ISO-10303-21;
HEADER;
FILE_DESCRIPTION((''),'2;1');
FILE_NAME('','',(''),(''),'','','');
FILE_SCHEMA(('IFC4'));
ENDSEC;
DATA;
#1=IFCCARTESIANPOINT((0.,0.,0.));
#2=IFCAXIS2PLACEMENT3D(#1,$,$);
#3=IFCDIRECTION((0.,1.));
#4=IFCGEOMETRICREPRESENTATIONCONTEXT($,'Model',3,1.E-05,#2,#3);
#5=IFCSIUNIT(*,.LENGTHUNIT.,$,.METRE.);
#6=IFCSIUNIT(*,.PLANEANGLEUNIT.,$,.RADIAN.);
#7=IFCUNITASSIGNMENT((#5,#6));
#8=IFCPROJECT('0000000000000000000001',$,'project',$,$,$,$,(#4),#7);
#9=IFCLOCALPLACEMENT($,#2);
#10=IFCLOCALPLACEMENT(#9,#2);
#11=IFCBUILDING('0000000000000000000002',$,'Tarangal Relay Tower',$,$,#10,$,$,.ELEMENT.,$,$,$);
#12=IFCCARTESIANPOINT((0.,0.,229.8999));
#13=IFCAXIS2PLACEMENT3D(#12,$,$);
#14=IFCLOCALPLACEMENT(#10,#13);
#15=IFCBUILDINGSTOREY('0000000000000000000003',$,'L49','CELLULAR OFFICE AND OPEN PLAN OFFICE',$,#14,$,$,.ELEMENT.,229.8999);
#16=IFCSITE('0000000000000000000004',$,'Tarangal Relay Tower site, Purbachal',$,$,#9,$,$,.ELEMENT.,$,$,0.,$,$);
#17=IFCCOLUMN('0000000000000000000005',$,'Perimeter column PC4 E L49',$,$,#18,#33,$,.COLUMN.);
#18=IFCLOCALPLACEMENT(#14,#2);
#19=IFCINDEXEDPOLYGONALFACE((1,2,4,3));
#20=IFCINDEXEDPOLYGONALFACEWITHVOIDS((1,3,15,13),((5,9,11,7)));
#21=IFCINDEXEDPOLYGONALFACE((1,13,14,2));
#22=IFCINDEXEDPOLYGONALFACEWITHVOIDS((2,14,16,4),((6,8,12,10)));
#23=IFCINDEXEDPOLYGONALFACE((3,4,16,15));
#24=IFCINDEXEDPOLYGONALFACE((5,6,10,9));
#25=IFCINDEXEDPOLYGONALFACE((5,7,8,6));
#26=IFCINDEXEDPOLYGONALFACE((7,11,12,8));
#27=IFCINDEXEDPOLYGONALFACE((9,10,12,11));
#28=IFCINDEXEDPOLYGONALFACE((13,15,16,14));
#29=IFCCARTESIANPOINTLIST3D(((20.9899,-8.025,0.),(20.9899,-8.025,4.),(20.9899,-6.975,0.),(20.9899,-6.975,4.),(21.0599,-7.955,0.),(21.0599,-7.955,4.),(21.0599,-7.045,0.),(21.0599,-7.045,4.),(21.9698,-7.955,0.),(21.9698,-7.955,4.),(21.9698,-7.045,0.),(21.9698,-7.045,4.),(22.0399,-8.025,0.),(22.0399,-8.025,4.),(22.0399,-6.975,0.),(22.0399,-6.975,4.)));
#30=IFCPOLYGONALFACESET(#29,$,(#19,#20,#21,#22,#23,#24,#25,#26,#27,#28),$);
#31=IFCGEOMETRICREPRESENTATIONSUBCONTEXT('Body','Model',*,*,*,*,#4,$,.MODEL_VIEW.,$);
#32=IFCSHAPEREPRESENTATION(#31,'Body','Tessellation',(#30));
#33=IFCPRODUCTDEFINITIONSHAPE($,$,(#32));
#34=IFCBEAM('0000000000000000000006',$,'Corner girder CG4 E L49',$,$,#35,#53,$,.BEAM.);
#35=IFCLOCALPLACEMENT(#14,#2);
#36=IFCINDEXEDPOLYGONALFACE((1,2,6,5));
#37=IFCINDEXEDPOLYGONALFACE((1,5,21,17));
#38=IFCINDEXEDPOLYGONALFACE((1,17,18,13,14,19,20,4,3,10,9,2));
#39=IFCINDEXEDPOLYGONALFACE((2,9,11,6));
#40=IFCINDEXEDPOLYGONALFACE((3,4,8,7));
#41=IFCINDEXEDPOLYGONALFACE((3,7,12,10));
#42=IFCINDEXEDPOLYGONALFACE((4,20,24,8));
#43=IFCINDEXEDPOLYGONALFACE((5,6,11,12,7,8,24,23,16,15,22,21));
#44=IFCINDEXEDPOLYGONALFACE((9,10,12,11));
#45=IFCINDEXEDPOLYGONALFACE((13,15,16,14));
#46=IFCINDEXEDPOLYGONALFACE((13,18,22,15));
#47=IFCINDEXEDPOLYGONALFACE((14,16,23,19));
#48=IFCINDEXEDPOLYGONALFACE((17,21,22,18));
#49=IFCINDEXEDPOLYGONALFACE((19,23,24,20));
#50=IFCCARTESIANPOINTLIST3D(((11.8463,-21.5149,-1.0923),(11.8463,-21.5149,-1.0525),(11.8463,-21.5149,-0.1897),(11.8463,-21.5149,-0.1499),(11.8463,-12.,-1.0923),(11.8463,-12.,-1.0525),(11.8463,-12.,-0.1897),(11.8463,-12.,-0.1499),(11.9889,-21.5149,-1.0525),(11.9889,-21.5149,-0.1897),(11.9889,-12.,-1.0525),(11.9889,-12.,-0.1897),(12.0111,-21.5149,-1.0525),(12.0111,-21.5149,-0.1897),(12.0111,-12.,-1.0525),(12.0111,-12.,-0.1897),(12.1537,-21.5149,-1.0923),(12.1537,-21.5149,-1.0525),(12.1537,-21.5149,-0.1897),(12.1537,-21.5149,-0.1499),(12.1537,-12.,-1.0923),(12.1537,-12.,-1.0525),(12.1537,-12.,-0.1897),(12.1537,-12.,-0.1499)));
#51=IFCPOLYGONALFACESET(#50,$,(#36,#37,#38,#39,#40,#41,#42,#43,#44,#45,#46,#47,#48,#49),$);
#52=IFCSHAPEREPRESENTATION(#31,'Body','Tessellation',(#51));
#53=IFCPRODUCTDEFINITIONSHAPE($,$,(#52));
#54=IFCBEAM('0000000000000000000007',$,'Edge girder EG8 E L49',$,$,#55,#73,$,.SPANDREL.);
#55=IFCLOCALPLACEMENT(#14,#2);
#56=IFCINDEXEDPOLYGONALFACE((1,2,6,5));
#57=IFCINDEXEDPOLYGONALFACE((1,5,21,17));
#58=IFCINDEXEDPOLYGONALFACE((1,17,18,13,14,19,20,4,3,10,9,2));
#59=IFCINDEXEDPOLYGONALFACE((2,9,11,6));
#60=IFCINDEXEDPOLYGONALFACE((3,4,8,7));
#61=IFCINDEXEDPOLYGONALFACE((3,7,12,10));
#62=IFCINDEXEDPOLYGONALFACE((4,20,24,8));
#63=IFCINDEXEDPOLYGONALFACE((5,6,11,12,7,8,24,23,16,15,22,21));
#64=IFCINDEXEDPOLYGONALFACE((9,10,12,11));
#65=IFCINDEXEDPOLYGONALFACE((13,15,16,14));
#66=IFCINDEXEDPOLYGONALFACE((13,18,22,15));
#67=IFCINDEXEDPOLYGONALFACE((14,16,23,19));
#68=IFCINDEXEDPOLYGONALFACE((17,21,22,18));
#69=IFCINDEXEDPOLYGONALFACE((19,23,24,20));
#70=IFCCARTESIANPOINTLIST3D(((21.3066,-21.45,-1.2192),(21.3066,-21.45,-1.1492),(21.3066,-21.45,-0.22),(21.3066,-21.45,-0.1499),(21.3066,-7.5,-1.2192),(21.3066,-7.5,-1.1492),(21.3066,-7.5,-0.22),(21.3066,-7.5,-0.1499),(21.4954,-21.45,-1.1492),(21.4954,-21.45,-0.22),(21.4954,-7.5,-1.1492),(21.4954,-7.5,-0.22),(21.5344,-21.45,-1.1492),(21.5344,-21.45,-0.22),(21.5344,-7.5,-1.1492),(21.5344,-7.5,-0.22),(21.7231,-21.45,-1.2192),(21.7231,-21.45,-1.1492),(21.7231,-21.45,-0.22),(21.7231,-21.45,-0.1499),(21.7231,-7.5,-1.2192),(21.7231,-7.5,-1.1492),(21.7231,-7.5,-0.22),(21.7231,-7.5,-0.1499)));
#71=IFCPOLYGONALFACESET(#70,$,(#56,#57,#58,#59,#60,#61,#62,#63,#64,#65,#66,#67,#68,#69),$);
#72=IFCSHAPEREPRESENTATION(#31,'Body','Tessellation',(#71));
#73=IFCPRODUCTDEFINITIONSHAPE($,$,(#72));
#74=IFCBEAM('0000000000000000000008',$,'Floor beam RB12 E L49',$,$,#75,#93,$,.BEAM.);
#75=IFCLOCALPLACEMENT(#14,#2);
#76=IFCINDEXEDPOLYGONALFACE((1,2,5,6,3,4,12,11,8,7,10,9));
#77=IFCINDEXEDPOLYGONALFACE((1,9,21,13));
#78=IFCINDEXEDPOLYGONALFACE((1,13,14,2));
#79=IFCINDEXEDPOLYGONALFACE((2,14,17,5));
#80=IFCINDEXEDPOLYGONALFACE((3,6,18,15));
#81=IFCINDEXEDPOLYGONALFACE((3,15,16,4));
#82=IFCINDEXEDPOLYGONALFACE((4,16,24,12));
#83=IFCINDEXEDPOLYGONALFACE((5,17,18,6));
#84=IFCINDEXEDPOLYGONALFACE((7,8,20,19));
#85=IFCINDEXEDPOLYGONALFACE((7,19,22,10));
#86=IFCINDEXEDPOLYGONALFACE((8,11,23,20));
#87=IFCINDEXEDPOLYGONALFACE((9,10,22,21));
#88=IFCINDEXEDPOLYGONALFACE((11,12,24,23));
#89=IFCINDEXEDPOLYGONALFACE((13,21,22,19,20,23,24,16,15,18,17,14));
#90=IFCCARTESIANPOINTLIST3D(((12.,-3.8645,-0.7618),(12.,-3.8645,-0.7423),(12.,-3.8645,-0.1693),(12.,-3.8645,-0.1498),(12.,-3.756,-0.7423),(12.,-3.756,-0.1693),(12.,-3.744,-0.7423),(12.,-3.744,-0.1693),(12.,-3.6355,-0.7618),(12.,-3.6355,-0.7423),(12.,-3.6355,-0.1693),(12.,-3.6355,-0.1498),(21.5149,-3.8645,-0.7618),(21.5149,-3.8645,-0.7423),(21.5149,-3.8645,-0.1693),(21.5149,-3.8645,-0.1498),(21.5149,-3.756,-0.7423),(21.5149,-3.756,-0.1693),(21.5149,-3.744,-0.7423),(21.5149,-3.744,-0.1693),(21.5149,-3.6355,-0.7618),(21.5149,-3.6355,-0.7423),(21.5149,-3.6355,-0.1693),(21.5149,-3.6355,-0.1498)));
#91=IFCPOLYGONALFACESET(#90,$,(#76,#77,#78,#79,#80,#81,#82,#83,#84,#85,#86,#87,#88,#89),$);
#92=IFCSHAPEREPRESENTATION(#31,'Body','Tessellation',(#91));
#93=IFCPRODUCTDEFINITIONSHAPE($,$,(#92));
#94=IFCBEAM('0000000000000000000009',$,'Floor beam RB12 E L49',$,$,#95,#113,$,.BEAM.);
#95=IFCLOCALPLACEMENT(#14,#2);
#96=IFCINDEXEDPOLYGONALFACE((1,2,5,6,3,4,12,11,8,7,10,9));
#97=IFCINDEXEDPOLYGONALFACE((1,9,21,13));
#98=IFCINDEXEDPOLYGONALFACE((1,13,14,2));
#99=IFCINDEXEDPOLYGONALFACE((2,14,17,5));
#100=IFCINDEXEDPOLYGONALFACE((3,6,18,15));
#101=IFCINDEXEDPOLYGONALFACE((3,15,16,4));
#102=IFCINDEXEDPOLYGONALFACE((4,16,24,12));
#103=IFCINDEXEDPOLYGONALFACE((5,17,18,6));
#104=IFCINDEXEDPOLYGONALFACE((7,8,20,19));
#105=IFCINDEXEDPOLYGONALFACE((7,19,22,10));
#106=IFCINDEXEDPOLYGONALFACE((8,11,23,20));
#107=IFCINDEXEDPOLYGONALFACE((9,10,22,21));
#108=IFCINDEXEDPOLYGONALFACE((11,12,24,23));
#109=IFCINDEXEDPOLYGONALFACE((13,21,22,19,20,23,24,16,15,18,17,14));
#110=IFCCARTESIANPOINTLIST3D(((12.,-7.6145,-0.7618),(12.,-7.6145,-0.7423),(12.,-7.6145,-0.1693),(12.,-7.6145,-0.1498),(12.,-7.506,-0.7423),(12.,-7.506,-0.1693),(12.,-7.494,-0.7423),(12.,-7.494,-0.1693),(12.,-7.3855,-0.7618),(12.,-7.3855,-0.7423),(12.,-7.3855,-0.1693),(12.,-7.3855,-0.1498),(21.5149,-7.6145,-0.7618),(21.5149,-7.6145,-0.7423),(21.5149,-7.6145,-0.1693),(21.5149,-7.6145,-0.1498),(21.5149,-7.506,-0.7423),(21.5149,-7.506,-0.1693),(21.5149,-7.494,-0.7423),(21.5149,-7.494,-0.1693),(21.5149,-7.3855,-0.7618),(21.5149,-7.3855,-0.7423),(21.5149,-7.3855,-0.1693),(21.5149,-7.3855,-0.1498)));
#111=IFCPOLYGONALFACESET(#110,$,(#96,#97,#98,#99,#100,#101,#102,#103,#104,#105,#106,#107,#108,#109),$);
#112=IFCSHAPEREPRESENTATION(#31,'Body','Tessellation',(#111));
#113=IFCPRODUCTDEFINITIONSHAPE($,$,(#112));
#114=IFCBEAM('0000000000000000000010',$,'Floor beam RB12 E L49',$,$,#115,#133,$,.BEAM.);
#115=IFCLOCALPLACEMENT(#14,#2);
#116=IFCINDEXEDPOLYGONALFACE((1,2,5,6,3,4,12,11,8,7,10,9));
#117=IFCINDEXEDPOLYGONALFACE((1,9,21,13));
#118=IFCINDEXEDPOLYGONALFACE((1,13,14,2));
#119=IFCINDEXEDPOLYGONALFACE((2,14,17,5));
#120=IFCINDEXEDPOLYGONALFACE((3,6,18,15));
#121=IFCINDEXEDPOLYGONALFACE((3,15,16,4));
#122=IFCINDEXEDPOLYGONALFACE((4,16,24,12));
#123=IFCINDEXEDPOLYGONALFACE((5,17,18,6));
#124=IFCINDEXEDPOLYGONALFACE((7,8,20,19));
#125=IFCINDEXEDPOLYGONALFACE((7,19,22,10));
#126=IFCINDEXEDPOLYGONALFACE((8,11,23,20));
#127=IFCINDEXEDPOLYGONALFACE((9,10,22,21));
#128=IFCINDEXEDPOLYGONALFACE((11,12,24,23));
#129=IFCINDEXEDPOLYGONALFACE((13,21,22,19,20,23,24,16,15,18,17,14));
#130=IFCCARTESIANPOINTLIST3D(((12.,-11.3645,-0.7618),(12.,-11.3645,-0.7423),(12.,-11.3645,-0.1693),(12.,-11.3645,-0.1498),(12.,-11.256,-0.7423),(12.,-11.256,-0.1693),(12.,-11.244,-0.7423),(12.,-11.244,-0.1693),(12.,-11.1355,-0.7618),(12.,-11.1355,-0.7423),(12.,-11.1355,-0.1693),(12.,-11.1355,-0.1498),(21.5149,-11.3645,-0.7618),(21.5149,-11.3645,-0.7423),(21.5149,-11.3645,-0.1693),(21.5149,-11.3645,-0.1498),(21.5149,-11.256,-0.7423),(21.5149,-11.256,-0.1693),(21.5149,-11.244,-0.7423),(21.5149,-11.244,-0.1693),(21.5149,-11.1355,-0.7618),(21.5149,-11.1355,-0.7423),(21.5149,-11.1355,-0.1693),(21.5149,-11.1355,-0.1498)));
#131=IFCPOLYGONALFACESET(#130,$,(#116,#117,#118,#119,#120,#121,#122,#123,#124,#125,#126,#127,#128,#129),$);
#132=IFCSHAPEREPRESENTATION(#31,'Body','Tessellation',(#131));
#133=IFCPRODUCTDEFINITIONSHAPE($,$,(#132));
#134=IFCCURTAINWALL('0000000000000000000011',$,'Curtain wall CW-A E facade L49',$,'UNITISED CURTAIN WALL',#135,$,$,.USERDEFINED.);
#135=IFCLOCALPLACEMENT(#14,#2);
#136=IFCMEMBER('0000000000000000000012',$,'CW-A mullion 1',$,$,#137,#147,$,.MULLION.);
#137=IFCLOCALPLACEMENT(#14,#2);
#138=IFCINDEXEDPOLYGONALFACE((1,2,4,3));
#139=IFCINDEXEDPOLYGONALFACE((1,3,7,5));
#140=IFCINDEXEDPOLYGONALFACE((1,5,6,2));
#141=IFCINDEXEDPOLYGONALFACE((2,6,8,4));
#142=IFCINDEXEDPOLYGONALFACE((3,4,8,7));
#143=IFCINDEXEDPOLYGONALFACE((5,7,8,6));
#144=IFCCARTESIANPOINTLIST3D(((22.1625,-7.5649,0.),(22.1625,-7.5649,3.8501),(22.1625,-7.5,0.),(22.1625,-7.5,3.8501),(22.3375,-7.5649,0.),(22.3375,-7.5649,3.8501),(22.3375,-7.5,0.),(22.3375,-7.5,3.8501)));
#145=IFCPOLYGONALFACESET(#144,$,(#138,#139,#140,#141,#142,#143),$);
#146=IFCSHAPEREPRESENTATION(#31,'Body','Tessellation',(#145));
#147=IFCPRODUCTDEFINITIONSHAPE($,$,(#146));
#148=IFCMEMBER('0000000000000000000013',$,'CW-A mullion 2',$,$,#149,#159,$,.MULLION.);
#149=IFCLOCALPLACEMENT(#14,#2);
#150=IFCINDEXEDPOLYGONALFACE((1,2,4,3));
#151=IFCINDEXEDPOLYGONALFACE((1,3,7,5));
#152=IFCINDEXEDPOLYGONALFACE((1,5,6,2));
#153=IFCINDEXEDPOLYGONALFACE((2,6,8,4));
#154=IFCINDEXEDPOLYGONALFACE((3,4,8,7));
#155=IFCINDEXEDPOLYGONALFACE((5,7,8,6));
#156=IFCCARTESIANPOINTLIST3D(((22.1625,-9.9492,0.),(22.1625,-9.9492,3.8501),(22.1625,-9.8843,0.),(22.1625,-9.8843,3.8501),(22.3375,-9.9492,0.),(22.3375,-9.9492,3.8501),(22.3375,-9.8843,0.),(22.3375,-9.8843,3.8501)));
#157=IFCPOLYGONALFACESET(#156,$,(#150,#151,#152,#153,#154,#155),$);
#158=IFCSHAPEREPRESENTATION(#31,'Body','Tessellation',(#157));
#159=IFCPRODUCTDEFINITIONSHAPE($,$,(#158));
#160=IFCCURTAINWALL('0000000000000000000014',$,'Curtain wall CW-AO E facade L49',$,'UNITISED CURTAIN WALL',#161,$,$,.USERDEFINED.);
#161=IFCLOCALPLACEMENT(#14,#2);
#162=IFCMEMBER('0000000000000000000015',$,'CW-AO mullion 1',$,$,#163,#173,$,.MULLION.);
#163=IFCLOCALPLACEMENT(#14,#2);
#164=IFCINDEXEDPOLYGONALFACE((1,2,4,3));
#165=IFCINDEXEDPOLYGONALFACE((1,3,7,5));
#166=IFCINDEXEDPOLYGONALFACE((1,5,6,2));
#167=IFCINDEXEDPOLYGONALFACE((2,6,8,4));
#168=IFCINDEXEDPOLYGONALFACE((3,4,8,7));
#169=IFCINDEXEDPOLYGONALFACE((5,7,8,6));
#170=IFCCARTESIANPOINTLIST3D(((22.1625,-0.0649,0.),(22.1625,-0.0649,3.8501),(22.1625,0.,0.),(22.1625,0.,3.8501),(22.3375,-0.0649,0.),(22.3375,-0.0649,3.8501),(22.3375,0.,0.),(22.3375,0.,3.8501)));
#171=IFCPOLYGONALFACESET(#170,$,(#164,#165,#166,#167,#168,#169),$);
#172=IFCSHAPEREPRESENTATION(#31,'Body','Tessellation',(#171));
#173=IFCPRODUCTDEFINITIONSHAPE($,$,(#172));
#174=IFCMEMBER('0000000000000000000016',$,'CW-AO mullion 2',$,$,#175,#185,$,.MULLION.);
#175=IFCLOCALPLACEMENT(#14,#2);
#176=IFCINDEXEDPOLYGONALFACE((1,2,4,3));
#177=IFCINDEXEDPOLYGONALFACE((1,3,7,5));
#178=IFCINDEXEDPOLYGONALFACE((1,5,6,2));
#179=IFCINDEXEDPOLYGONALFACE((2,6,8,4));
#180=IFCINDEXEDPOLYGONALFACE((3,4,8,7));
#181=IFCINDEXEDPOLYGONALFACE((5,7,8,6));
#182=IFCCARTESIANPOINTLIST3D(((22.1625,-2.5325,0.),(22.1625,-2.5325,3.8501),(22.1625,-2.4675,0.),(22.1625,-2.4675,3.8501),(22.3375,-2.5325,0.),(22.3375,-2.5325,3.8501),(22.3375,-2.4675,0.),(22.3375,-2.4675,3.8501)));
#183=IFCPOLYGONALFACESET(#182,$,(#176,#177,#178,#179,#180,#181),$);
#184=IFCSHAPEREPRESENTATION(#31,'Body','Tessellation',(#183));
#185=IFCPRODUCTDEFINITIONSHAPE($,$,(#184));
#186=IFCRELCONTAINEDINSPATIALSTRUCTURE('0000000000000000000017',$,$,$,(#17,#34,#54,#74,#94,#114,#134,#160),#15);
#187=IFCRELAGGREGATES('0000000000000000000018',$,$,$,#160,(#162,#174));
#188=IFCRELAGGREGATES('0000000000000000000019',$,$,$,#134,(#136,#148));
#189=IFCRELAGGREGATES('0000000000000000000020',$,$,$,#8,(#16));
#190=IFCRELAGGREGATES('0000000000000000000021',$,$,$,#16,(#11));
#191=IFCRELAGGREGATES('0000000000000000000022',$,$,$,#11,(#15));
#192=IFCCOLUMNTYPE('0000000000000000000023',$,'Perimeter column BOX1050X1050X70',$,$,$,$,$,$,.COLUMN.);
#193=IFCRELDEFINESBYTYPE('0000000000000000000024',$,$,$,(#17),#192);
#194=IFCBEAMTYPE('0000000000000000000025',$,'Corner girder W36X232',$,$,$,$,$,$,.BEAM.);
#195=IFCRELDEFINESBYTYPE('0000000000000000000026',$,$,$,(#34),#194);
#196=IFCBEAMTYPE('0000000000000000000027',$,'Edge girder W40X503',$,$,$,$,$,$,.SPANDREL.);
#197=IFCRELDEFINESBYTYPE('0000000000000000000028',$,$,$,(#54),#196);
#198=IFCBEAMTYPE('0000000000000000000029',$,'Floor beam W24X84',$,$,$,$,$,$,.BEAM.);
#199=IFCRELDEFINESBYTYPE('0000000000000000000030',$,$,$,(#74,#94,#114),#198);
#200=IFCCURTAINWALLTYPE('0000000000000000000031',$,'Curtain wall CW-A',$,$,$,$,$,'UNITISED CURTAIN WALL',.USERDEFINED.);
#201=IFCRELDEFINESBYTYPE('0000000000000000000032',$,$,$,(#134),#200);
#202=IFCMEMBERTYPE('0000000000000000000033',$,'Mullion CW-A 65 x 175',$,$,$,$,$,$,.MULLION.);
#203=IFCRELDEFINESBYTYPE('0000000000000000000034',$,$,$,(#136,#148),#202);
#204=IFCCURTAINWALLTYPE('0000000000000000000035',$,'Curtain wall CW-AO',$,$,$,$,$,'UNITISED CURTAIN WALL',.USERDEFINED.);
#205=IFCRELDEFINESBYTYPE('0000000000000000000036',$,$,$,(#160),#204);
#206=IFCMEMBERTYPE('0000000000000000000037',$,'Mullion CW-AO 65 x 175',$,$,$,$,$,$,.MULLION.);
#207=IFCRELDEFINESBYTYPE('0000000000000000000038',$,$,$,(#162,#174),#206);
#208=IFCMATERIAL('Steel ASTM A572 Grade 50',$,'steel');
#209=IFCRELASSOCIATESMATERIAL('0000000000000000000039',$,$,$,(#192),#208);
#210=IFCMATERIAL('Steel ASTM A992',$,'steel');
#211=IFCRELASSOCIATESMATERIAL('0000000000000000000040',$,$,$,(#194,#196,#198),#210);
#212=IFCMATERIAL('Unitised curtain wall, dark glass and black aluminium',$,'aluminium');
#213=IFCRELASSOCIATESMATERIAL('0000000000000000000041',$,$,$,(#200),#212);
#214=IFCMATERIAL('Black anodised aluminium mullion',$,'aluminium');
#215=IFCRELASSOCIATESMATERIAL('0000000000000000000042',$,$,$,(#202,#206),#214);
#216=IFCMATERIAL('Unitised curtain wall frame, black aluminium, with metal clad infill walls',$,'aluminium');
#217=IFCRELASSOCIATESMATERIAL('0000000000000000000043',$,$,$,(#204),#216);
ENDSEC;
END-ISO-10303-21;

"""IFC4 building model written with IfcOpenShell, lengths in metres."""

from ifc_helpers import new_model, si_unit, direction, frame, origin, origin_2d, place, context, subcontext, project, spatial, rectangle, hollow_rectangle, i_section, extrude, material, material_profile, profile_set, type_object, element, aggregate, save


model = new_model("IFC4")

# Units and contexts
model_context = context("Model", 3, precision=1e-05, world=origin(), true_north=direction((0.0, 1.0)))
body_context = subcontext(model_context, "Body", "Model", "MODEL_VIEW")
ifc_project = project(units=[si_unit("LENGTHUNIT", "METRE"), si_unit("PLANEANGLEUNIT", "RADIAN")], contexts=[model_context])

# Site, building, storey
site_placement = place(None, origin())
site = spatial("IfcSite", under=ifc_project, at=site_placement, Name="Tarangal Relay Tower site, Purbachal", CompositionType="ELEMENT", RefElevation=0.0)
building_placement = place(site_placement, origin())
building = spatial("IfcBuilding", under=site, at=building_placement, Name="Tarangal Relay Tower", CompositionType="ELEMENT")
storey_placement = place(building_placement, frame((0.0, 0.0, 229.8999)))
storey = spatial("IfcBuildingStorey", under=building, at=storey_placement, Name="L49", Description="CELLULAR OFFICE AND OPEN PLAN OFFICE", CompositionType="ELEMENT", Elevation=229.8999)

# Column
ifc_material_1 = material(Name="Steel ASTM A572 Grade 50", Category="steel")
ifc_material_profile_1 = material_profile(ifc_material_1, hollow_rectangle(XDim=1.05, YDim=1.05, WallThickness=0.0701, at=origin_2d()), Name="BOX1050X1050X70")
ifc_profile_set_1 = profile_set([ifc_material_profile_1], Name="Steel ASTM A572 Grade 50")
column_type = type_object("IfcColumnType", Name="Perimeter column BOX1050X1050X70", PredefinedType="COLUMN", material=ifc_profile_set_1)
column_placement = place(storey_placement, frame((21.5149, -7.5, 0.0), z_axis=(0.0, 0.0, 1.0), x_axis=(1.0, 0.0, 0.0)))
element("IfcColumn", 1, at=column_placement, inside=storey, type_object=column_type, Name="Perimeter column PC4 E L49", PredefinedType="COLUMN", context=body_context, shape_type="SweptSolid", body=[
    extrude(hollow_rectangle(XDim=1.05, YDim=1.05, WallThickness=0.0701, at=origin_2d()), origin(), (0.0, 0.0, 1.0), 4.0),
])

# Beams
ifc_material_2 = material(Name="Steel ASTM A992", Category="steel")
ifc_material_profile_2 = material_profile(ifc_material_2, i_section(OverallWidth=0.3074, OverallDepth=0.9424, WebThickness=0.0222, FlangeThickness=0.0398, at=origin_2d()), Name="W36X232")
ifc_profile_set_2 = profile_set([ifc_material_profile_2], Name="Steel ASTM A992")
beam_type_1 = type_object("IfcBeamType", Name="Corner girder W36X232", PredefinedType="BEAM", material=ifc_profile_set_2)
beam_1_placement = place(storey_placement, frame((12.0, -12.0, -0.6211), z_axis=(0.0, -1.0, 0.0), x_axis=(1.0, 0.0, 0.0)))
element("IfcBeam", 2, at=beam_1_placement, inside=storey, type_object=beam_type_1, Name="Corner girder CG4 E L49", PredefinedType="BEAM", context=body_context, shape_type="SweptSolid", body=[
    extrude(i_section(OverallWidth=0.3074, OverallDepth=0.9424, WebThickness=0.0222, FlangeThickness=0.0398, at=origin_2d()), origin(), (0.0, 0.0, 1.0), 9.5149),
])
ifc_material_profile_3 = material_profile(ifc_material_2, i_section(OverallWidth=0.4165, OverallDepth=1.0693, WebThickness=0.0391, FlangeThickness=0.0701, at=origin_2d()), Name="W40X503")
ifc_profile_set_3 = profile_set([ifc_material_profile_3], Name="Steel ASTM A992")
beam_type_2 = type_object("IfcBeamType", Name="Edge girder W40X503", PredefinedType="SPANDREL", material=ifc_profile_set_3)
beam_2_placement = place(storey_placement, frame((21.5149, -7.5, -0.6846), z_axis=(0.0, -1.0, 0.0), x_axis=(1.0, 0.0, 0.0)))
element("IfcBeam", 3, at=beam_2_placement, inside=storey, type_object=beam_type_2, Name="Edge girder EG8 E L49", PredefinedType="SPANDREL", context=body_context, shape_type="SweptSolid", body=[
    extrude(i_section(OverallWidth=0.4165, OverallDepth=1.0693, WebThickness=0.0391, FlangeThickness=0.0701, at=origin_2d()), origin(), (0.0, 0.0, 1.0), 13.95),
])
ifc_material_profile_4 = material_profile(ifc_material_2, i_section(OverallWidth=0.229, OverallDepth=0.6121, WebThickness=0.012, FlangeThickness=0.0195, at=origin_2d()), Name="W24X84")
ifc_profile_set_4 = profile_set([ifc_material_profile_4], Name="Steel ASTM A992")
beam_type_3 = type_object("IfcBeamType", Name="Floor beam W24X84", PredefinedType="BEAM", material=ifc_profile_set_4)
for number, where, z_axis, x_axis, name in (
    (4, (12.0, -3.75, -0.4558), (1.0, 0.0, 0.0), (0.0, 1.0, 0.0), "Floor beam RB12 E L49"),
    (5, (12.0, -7.5, -0.4558), (1.0, 0.0, 0.0), (0.0, 1.0, 0.0), "Floor beam RB12 E L49"),
    (6, (12.0, -11.25, -0.4558), (1.0, 0.0, 0.0), (0.0, 1.0, 0.0), "Floor beam RB12 E L49"),
):
    element("IfcBeam", number, at=place(storey_placement, frame(where, z_axis=z_axis, x_axis=x_axis)), inside=storey, type_object=beam_type_3, Name=name, PredefinedType="BEAM", context=body_context, shape_type="SweptSolid", body=[
        extrude(i_section(OverallWidth=0.229, OverallDepth=0.6121, WebThickness=0.012, FlangeThickness=0.0195, at=origin_2d()), origin(), (0.0, 0.0, 1.0), 9.5149),
    ])

# Curtain walls, members
ifc_material_3 = material(Name="Unitised curtain wall, dark glass and black aluminium", Category="aluminium")
curtain_wall_type_1 = type_object("IfcCurtainWallType", Name="Curtain wall CW-A", ElementType="UNITISED CURTAIN WALL", PredefinedType="USERDEFINED", material=ifc_material_3)
curtain_wall_1_placement = place(storey_placement, origin())
curtain_wall_1 = element("IfcCurtainWall", 7, at=curtain_wall_1_placement, inside=storey, type_object=curtain_wall_type_1, Name="Curtain wall CW-A E facade L49", ObjectType="UNITISED CURTAIN WALL", PredefinedType="USERDEFINED")
ifc_material_4 = material(Name="Black anodised aluminium mullion", Category="aluminium")
ifc_material_profile_5 = material_profile(ifc_material_4, rectangle(XDim=0.175, YDim=0.0649, at=origin_2d()), Name="CW-AM 65X175")
ifc_profile_set_5 = profile_set([ifc_material_profile_5], Name="Black anodised aluminium mullion")
member_type_1 = type_object("IfcMemberType", Name="Mullion CW-A 65 x 175", PredefinedType="MULLION", material=ifc_profile_set_5)
member_1_placement = place(storey_placement, frame((22.25, -7.5325, 0.0), z_axis=(0.0, 0.0, 1.0), x_axis=(1.0, 0.0, 0.0)))
member_1 = element("IfcMember", 8, at=member_1_placement, type_object=member_type_1, Name="CW-A mullion 1", PredefinedType="MULLION", context=body_context, shape_type="SweptSolid", body=[
    extrude(rectangle(XDim=0.175, YDim=0.0649, at=origin_2d()), origin(), (0.0, 0.0, 1.0), 3.8501),
])
member_2_placement = place(storey_placement, frame((22.25, -9.9167, 0.0), z_axis=(0.0, 0.0, 1.0), x_axis=(1.0, 0.0, 0.0)))
member_2 = element("IfcMember", 9, at=member_2_placement, type_object=member_type_1, Name="CW-A mullion 2", PredefinedType="MULLION", context=body_context, shape_type="SweptSolid", body=[
    extrude(rectangle(XDim=0.175, YDim=0.0649, at=origin_2d()), origin(), (0.0, 0.0, 1.0), 3.8501),
])
ifc_material_5 = material(Name="Unitised curtain wall frame, black aluminium, with metal clad infill walls", Category="aluminium")
curtain_wall_type_2 = type_object("IfcCurtainWallType", Name="Curtain wall CW-AO", ElementType="UNITISED CURTAIN WALL", PredefinedType="USERDEFINED", material=ifc_material_5)
curtain_wall_2_placement = place(storey_placement, origin())
curtain_wall_2 = element("IfcCurtainWall", 10, at=curtain_wall_2_placement, inside=storey, type_object=curtain_wall_type_2, Name="Curtain wall CW-AO E facade L49", ObjectType="UNITISED CURTAIN WALL", PredefinedType="USERDEFINED")
ifc_material_profile_6 = material_profile(ifc_material_4, rectangle(XDim=0.175, YDim=0.0649, at=origin_2d()), Name="CW-AOM 65X175")
ifc_profile_set_6 = profile_set([ifc_material_profile_6], Name="Black anodised aluminium mullion")
member_type_2 = type_object("IfcMemberType", Name="Mullion CW-AO 65 x 175", PredefinedType="MULLION", material=ifc_profile_set_6)
member_3_placement = place(storey_placement, frame((22.25, -0.0325, 0.0), z_axis=(0.0, 0.0, 1.0), x_axis=(1.0, 0.0, 0.0)))
member_3 = element("IfcMember", 11, at=member_3_placement, type_object=member_type_2, Name="CW-AO mullion 1", PredefinedType="MULLION", context=body_context, shape_type="SweptSolid", body=[
    extrude(rectangle(XDim=0.175, YDim=0.0649, at=origin_2d()), origin(), (0.0, 0.0, 1.0), 3.8501),
])
member_4_placement = place(storey_placement, frame((22.25, -2.5, 0.0), z_axis=(0.0, 0.0, 1.0), x_axis=(1.0, 0.0, 0.0)))
member_4 = element("IfcMember", 12, at=member_4_placement, type_object=member_type_2, Name="CW-AO mullion 2", PredefinedType="MULLION", context=body_context, shape_type="SweptSolid", body=[
    extrude(rectangle(XDim=0.175, YDim=0.0649, at=origin_2d()), origin(), (0.0, 0.0, 1.0), 3.8501),
])

aggregate(curtain_wall_2, [member_3, member_4])

aggregate(curtain_wall_1, [member_1, member_2])

save(model, "model.ifc")
